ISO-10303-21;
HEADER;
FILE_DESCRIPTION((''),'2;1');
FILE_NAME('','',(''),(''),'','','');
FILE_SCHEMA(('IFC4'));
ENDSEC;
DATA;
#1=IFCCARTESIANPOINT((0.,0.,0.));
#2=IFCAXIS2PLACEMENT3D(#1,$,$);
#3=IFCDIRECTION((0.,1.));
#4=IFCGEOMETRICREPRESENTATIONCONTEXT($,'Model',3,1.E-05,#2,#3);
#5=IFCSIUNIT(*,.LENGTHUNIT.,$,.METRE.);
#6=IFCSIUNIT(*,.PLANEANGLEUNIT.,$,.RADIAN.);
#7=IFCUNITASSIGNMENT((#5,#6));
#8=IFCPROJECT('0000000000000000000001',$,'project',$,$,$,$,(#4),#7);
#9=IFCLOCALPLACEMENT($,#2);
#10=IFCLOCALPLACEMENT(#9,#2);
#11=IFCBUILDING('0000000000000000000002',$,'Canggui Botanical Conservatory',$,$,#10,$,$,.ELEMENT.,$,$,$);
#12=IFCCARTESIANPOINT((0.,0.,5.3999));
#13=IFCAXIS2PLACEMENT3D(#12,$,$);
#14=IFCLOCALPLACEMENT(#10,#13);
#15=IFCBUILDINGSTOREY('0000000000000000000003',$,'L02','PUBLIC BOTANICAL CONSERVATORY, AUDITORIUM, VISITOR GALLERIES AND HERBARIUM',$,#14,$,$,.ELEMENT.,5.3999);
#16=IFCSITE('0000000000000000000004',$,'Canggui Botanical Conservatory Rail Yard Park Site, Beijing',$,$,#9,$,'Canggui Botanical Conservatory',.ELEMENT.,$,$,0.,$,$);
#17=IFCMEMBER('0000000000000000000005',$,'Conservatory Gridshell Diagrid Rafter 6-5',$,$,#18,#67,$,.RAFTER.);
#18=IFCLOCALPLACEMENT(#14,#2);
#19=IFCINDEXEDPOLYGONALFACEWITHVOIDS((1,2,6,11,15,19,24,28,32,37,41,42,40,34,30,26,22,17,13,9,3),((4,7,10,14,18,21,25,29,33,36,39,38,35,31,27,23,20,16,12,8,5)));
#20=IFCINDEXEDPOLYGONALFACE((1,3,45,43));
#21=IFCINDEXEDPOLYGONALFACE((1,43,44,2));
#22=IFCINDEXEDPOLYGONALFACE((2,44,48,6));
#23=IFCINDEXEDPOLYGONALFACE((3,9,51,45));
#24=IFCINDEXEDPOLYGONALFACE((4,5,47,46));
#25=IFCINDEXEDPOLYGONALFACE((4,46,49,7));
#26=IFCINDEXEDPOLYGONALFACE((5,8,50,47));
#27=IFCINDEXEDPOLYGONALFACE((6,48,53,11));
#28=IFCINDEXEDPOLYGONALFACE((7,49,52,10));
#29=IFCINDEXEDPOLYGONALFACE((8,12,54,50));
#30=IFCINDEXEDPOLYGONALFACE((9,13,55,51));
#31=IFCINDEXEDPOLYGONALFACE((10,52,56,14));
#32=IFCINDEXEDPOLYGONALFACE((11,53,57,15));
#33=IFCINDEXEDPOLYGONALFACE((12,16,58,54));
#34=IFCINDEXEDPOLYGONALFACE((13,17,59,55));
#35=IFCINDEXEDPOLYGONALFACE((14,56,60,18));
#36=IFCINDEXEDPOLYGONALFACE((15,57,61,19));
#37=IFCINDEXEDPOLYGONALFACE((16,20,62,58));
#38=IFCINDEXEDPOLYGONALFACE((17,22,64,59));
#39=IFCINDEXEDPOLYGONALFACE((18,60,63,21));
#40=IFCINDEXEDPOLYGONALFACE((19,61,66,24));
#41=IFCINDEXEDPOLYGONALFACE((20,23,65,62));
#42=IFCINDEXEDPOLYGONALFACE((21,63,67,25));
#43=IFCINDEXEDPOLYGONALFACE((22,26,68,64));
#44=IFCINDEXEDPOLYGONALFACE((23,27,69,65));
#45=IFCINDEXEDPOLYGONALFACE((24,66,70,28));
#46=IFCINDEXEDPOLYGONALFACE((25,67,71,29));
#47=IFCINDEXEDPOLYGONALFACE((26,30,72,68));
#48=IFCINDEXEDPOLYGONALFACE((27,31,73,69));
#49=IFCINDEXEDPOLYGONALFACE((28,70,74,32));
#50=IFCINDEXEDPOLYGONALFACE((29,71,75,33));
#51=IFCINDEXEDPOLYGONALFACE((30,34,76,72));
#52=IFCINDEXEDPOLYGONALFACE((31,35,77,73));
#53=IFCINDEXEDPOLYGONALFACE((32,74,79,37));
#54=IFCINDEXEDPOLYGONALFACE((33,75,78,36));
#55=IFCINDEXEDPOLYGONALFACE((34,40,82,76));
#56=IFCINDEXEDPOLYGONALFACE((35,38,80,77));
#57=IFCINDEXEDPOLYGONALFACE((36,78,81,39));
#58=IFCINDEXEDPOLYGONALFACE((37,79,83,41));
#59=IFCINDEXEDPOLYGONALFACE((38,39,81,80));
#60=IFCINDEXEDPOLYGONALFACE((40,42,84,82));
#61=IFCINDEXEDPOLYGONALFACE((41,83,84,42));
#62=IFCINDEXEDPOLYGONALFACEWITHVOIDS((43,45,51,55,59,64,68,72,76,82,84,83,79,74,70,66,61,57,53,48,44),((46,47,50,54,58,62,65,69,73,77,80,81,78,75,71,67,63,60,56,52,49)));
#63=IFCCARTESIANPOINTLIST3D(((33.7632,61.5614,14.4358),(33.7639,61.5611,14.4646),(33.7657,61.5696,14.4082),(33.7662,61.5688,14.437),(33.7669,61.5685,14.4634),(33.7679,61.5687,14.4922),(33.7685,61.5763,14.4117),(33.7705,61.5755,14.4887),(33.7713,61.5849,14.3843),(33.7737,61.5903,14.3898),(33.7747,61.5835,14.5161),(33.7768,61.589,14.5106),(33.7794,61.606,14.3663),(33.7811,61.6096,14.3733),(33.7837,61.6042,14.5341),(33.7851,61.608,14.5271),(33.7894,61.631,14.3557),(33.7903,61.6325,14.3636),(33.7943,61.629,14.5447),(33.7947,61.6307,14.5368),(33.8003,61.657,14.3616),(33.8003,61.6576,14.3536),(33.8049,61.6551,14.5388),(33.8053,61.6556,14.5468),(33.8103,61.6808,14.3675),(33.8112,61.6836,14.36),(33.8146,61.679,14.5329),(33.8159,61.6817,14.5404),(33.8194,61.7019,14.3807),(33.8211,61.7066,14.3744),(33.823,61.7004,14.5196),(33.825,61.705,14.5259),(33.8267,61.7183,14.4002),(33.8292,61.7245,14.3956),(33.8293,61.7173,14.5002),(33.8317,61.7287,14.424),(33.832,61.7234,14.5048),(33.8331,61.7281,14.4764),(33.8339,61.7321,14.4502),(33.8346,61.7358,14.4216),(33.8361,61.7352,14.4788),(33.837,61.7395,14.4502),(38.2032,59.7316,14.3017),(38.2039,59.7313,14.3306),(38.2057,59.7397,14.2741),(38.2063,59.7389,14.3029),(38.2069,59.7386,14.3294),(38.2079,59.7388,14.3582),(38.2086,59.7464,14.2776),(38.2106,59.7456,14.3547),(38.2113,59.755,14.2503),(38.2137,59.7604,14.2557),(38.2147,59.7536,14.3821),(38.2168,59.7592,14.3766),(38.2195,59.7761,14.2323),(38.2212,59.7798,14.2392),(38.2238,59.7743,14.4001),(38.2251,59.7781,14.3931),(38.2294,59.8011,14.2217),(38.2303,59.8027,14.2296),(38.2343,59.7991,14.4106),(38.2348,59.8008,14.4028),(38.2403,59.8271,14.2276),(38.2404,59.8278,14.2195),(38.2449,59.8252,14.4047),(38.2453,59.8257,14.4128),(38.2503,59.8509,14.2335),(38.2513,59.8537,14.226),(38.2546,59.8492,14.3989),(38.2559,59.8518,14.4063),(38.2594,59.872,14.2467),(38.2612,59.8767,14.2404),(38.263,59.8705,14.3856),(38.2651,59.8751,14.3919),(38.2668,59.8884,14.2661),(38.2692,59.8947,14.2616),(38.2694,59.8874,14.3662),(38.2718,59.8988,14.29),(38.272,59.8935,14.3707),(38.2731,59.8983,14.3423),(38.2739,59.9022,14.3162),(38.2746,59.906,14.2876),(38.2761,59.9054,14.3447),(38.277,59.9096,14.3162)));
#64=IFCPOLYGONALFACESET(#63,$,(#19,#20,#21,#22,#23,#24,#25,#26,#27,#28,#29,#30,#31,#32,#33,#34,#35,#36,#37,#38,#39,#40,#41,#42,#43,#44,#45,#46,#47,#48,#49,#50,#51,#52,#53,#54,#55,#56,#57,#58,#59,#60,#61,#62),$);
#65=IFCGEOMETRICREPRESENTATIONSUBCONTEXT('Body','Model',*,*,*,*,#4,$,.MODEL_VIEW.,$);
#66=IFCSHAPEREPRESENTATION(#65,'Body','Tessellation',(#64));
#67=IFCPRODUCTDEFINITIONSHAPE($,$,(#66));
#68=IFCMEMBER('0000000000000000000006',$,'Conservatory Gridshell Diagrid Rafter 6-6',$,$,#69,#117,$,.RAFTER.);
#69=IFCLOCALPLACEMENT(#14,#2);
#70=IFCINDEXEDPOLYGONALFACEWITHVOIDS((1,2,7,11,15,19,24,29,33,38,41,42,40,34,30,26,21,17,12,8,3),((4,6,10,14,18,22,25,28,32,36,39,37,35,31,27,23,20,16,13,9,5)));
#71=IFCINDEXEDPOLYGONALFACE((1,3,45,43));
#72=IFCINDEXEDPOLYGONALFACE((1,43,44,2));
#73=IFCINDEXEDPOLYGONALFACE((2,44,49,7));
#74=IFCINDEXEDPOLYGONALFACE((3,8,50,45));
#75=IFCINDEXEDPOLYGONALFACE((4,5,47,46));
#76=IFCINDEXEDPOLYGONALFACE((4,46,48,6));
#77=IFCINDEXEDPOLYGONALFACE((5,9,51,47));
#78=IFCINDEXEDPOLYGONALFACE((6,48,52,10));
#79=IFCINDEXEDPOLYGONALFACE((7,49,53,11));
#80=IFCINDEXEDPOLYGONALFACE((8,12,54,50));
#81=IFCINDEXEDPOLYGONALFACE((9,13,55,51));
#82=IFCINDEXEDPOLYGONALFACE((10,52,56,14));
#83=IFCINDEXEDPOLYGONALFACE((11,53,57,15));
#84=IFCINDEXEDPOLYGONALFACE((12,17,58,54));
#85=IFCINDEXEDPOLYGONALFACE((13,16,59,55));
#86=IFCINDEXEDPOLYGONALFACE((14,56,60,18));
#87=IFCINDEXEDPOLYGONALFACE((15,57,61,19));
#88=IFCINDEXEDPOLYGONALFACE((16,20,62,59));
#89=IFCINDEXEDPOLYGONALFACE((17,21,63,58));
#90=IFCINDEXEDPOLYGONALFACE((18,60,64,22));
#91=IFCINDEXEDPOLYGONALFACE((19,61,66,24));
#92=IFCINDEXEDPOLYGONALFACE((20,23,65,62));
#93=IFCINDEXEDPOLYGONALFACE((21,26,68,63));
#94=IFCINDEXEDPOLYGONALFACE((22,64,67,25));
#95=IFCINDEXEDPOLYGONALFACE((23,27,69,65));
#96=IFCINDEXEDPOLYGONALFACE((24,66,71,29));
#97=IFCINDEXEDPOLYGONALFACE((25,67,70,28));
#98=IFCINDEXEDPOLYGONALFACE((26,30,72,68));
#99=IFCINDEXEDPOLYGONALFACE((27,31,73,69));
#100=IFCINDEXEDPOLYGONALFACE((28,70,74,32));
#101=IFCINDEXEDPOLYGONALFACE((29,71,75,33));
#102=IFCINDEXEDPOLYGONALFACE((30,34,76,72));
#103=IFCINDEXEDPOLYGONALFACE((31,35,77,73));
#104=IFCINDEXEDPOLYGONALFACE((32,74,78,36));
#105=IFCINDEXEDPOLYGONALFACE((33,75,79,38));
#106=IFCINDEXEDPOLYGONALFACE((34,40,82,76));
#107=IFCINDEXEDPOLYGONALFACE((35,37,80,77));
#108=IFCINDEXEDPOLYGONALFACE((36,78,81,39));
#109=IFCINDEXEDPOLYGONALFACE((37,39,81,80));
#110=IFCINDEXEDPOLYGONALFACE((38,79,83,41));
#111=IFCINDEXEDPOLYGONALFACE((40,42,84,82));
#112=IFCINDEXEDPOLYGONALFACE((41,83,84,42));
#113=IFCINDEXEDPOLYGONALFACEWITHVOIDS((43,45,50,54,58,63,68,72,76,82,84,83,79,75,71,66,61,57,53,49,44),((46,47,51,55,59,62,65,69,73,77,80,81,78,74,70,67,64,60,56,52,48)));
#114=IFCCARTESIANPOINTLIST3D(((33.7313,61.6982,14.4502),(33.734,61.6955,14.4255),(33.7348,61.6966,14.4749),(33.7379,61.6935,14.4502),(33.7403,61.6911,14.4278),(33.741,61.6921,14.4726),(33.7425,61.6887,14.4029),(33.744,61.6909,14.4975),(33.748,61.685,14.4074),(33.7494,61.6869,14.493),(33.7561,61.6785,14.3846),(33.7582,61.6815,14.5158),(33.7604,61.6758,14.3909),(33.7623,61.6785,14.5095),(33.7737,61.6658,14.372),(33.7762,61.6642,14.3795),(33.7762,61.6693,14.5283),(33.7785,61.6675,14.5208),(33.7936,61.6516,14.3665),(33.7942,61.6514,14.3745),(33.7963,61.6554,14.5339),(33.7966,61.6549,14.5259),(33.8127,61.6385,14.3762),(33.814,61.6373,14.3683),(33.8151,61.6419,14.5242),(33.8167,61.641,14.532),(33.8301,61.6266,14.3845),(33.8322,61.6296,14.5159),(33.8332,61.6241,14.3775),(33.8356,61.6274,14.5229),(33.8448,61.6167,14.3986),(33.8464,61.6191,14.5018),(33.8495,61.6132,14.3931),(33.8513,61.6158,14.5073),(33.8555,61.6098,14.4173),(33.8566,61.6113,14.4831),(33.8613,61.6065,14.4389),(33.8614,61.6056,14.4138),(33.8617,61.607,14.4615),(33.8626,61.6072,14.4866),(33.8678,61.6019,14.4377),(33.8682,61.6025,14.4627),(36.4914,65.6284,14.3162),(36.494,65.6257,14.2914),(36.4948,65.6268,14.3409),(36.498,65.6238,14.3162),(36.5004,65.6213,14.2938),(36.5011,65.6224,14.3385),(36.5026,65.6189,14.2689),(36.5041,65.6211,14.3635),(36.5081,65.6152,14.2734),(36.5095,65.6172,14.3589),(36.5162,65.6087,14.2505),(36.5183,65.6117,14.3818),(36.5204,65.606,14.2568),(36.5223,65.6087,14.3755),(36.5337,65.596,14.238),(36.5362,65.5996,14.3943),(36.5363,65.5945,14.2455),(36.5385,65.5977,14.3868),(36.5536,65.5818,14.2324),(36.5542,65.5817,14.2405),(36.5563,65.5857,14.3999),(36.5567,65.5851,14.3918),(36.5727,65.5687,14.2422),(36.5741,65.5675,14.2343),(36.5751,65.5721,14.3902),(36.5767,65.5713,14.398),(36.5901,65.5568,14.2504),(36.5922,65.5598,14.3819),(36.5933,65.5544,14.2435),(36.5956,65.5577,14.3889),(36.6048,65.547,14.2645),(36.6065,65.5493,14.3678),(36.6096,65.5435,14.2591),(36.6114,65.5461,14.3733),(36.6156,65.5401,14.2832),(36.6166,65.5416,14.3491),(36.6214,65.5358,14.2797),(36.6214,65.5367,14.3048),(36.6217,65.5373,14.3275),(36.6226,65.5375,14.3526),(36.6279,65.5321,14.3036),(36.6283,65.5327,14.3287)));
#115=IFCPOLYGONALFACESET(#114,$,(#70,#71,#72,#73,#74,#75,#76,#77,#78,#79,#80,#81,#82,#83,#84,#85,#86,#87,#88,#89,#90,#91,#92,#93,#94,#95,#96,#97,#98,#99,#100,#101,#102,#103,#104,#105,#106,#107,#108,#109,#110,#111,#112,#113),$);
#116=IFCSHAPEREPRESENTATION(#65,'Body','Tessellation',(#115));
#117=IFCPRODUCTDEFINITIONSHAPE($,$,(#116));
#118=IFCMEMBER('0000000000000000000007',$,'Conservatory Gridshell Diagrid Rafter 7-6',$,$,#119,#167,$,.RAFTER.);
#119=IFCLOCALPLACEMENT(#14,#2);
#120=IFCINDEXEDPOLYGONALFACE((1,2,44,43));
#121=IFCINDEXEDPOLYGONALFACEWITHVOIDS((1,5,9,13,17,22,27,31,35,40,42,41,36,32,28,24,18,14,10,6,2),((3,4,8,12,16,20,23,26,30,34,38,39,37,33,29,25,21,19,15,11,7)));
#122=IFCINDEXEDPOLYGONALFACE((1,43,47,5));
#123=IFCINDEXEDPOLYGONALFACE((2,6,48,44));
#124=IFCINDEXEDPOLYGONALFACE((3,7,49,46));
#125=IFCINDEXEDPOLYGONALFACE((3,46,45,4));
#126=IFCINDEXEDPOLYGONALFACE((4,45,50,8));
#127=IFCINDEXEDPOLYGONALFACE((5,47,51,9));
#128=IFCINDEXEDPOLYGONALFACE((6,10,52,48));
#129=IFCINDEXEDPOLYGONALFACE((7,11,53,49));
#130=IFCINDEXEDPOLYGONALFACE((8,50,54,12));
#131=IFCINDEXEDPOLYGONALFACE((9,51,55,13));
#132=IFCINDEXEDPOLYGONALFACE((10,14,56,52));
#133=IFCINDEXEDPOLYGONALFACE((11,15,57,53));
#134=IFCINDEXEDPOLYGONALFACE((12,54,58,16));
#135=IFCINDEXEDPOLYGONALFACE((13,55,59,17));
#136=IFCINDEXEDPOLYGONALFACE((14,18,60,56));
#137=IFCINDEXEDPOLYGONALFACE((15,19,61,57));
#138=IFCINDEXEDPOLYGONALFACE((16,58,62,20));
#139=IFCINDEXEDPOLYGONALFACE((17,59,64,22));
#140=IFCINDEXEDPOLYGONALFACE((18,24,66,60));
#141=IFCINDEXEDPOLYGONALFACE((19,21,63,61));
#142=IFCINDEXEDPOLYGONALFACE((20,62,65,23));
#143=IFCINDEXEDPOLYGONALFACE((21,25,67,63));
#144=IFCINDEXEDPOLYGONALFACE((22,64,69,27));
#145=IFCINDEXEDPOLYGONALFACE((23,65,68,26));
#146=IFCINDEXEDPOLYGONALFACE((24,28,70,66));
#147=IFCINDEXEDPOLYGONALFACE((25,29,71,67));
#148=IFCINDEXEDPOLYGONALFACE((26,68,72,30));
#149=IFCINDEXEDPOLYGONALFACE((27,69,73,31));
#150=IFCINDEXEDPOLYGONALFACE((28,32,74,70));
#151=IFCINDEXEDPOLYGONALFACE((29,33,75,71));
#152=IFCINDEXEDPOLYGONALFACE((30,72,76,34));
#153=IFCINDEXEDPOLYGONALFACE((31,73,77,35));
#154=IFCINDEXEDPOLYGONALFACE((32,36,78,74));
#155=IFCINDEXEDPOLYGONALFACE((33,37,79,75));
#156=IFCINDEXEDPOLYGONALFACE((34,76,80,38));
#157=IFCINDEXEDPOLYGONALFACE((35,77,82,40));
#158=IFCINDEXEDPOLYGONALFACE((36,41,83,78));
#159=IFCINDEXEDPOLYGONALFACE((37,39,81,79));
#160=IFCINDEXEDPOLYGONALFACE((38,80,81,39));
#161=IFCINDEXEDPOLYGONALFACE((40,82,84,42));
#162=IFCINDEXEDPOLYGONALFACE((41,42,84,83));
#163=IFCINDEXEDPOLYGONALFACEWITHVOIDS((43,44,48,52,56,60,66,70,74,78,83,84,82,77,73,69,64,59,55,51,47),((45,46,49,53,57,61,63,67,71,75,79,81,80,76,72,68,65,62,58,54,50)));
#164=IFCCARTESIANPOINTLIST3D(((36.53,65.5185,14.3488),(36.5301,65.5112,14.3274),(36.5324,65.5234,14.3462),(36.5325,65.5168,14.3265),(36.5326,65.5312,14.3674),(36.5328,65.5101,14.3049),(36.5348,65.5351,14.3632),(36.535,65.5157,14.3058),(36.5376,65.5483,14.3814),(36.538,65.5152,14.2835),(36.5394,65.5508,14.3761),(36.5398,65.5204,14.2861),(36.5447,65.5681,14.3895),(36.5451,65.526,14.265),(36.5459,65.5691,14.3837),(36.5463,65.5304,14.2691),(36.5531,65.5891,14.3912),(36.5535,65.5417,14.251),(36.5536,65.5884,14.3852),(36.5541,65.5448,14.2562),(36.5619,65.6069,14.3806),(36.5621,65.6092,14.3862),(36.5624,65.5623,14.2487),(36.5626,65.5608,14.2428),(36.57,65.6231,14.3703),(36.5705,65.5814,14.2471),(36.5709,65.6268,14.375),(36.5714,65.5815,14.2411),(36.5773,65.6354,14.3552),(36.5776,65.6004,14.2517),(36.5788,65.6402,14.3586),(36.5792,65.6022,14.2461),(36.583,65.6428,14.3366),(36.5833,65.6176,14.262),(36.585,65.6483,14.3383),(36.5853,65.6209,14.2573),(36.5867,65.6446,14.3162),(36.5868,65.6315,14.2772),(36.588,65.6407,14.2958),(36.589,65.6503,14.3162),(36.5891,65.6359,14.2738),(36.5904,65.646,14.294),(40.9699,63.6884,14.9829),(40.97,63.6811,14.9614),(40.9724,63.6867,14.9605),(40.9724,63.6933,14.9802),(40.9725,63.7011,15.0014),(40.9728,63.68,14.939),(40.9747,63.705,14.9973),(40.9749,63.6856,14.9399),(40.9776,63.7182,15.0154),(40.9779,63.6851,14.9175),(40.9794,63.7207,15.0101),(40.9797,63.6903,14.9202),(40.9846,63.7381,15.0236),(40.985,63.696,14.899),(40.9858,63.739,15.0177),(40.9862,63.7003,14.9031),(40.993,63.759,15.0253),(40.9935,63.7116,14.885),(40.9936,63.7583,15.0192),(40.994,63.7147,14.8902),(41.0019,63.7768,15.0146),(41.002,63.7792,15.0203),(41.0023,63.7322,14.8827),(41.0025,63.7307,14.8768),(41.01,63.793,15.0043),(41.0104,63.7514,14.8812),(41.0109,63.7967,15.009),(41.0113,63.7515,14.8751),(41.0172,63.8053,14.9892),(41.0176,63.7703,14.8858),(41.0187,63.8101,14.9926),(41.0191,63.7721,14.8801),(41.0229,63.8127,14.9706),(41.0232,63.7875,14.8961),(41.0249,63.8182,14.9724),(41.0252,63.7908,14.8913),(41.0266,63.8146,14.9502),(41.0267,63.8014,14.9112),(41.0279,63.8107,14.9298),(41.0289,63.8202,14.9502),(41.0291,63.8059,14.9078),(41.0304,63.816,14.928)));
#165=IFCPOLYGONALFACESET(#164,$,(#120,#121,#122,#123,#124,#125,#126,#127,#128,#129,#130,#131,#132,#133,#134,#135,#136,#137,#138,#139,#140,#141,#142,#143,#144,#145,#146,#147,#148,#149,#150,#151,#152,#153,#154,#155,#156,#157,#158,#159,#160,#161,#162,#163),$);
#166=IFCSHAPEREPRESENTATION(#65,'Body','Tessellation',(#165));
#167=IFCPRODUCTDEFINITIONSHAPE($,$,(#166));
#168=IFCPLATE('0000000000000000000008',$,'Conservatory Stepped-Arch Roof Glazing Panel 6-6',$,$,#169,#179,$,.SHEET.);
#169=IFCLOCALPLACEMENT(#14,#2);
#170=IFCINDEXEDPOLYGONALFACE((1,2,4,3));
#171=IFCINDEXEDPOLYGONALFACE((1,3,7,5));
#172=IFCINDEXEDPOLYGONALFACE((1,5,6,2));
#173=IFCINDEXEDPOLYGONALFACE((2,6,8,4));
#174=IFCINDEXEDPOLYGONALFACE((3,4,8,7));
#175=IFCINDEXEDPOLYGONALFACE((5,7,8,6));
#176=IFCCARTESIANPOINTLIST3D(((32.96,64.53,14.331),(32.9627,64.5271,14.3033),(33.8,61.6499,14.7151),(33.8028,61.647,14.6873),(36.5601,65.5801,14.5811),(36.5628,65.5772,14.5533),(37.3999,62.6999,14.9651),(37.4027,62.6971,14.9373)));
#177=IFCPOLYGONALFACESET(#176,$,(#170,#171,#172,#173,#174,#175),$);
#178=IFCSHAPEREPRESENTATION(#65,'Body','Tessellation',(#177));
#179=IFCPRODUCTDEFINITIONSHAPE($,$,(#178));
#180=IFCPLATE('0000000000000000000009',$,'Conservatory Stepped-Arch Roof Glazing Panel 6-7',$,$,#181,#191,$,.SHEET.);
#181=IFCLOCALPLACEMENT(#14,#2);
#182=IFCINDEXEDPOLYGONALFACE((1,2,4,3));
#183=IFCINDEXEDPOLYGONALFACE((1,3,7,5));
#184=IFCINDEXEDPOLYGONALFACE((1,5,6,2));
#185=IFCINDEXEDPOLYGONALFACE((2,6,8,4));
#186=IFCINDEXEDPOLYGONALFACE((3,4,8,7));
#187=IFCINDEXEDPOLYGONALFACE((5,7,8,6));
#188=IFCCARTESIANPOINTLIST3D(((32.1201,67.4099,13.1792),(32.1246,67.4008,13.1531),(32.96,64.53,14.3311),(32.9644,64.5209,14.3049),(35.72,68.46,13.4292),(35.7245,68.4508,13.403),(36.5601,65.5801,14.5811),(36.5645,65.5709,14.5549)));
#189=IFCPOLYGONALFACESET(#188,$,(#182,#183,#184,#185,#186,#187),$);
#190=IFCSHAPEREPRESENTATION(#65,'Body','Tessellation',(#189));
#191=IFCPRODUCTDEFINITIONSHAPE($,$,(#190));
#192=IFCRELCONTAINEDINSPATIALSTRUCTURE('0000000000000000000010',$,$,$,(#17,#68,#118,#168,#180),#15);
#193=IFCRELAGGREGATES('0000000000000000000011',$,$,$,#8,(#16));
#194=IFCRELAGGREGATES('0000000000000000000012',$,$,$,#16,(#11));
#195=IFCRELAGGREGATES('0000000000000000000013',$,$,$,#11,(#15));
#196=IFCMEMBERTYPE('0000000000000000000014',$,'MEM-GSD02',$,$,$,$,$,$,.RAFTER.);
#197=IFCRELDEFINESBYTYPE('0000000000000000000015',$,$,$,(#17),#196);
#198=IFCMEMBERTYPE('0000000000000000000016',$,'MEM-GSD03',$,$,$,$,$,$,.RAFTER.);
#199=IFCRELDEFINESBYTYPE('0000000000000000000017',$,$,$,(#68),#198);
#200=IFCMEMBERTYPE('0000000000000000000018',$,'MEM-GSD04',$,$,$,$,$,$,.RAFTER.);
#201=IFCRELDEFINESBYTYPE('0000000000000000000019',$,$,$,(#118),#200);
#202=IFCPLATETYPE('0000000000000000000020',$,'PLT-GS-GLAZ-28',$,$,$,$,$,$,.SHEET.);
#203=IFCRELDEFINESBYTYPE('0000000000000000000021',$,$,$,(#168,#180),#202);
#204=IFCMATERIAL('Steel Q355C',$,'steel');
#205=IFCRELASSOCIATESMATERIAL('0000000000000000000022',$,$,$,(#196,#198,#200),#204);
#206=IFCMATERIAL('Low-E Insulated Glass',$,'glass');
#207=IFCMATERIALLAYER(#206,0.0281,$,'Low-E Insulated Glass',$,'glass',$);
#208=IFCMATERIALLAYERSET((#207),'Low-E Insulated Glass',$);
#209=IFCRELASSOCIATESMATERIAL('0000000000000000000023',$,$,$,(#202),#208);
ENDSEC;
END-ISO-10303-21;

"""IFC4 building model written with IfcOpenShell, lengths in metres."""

from ifc_helpers import new_model, si_unit, direction, frame, origin, origin_2d, place, context, subcontext, project, spatial, polyline, hollow_circle, outline, extrude, material, layer, layer_set, material_profile, profile_set, type_object, element, save


model = new_model("IFC4")

# Units and contexts
model_context = context("Model", 3, precision=1e-05, world=origin(), true_north=direction((0.0, 1.0)))
body_context = subcontext(model_context, "Body", "Model", "MODEL_VIEW")
ifc_project = project(units=[si_unit("LENGTHUNIT", "METRE"), si_unit("PLANEANGLEUNIT", "RADIAN")], contexts=[model_context])

# Site, building, storey
site_placement = place(None, origin())
site = spatial("IfcSite", under=ifc_project, at=site_placement, Name="Canggui Botanical Conservatory Rail Yard Park Site, Beijing", LongName="Canggui Botanical Conservatory", CompositionType="ELEMENT", RefElevation=0.0)
building_placement = place(site_placement, origin())
building = spatial("IfcBuilding", under=site, at=building_placement, Name="Canggui Botanical Conservatory", CompositionType="ELEMENT")
storey_placement = place(building_placement, frame((0.0, 0.0, 5.3999)))
storey = spatial("IfcBuildingStorey", under=building, at=storey_placement, Name="L02", Description="PUBLIC BOTANICAL CONSERVATORY, AUDITORIUM, VISITOR GALLERIES AND HERBARIUM", CompositionType="ELEMENT", Elevation=5.3999)

# Shared definitions
ifc_material_1 = material(Name="Steel Q355C", Category="steel")

# Members
ifc_material_profile_1 = material_profile(ifc_material_1, hollow_circle(Radius=0.0969, WallThickness=0.0081, at=origin_2d()), Name="CHS 194x8")
ifc_profile_set_1 = profile_set([ifc_material_profile_1], Name="Steel Q355C")
member_type_1 = type_object("IfcMemberType", Name="MEM-GSD02", PredefinedType="RAFTER", material=ifc_profile_set_1)
member_1_placement = place(storey_placement, frame((33.8, 61.6499, 14.4502), z_axis=(0.924199, -0.38089, -0.0279), x_axis=(0.381039, 0.924559, 0.0)))
element("IfcMember", 1, at=member_1_placement, inside=storey, type_object=member_type_1, Name="Conservatory Gridshell Diagrid Rafter 6-5", PredefinedType="RAFTER", context=body_context, shape_type="SweptSolid", body=[
    extrude(hollow_circle(Radius=0.0969, WallThickness=0.0081, at=origin_2d()), origin(), (0.0, 0.0, 1.0), 4.8042),
])
ifc_material_profile_2 = material_profile(ifc_material_1, hollow_circle(Radius=0.084, WallThickness=0.0081, at=origin_2d()), Name="CHS 168x8")
ifc_profile_set_2 = profile_set([ifc_material_profile_2], Name="Steel Q355C")
member_type_2 = type_object("IfcMemberType", Name="MEM-GSD03", PredefinedType="RAFTER", material=ifc_profile_set_2)
member_2_placement = place(storey_placement, frame((33.8, 61.6499, 14.4502), z_axis=(0.57448, 0.818043, -0.027898), x_axis=(-0.818362, 0.574704, 0.0)))
element("IfcMember", 2, at=member_2_placement, inside=storey, type_object=member_type_2, Name="Conservatory Gridshell Diagrid Rafter 6-6", PredefinedType="RAFTER", context=body_context, shape_type="SweptSolid", body=[
    extrude(hollow_circle(Radius=0.084, WallThickness=0.0081, at=origin_2d()), origin(), (0.0, 0.0, 1.0), 4.8044),
])
ifc_material_profile_3 = material_profile(ifc_material_1, hollow_circle(Radius=0.0759, WallThickness=0.0061, at=origin_2d()), Name="CHS 152x6")
ifc_profile_set_3 = profile_set([ifc_material_profile_3], Name="Steel Q355C")
member_type_3 = type_object("IfcMemberType", Name="MEM-GSD04", PredefinedType="RAFTER", material=ifc_profile_set_3)
member_3_placement = place(storey_placement, frame((36.5601, 65.5801, 14.3162), z_axis=(0.916587, -0.377804, 0.130891), x_axis=(0.381082, 0.924541, 0.0)))
element("IfcMember", 3, at=member_3_placement, inside=storey, type_object=member_type_3, Name="Conservatory Gridshell Diagrid Rafter 7-6", PredefinedType="RAFTER", context=body_context, shape_type="SweptSolid", body=[
    extrude(hollow_circle(Radius=0.0759, WallThickness=0.0061, at=origin_2d()), origin(), (0.0, 0.0, 1.0), 4.844),
])

# Plates
ifc_material_2 = material(Name="Low-E Insulated Glass", Category="glass")
ifc_layer = layer(ifc_material_2, 0.0281, Name="Low-E Insulated Glass", Category="glass")
ifc_layer_set = layer_set([ifc_layer], Name="Low-E Insulated Glass")
plate_type = type_object("IfcPlateType", Name="PLT-GS-GLAZ-28", PredefinedType="SHEET", material=ifc_layer_set)
plate_1_placement = place(storey_placement, frame((33.8, 61.6499, 14.7151), z_axis=(-0.09882, 0.103151, 0.989745), x_axis=(0.957867, 0.279402, 0.066518)))
element("IfcPlate", 4, at=plate_1_placement, inside=storey, type_object=plate_type, Name="Conservatory Stepped-Arch Roof Glazing Panel 6-6", PredefinedType="SHEET", context=body_context, shape_type="SweptSolid", body=[
    extrude(outline(polyline([(0.0, 0.0), (3.7582, 0.0), (3.7329, 3.0245), (-0.0255, 3.0245), (0.0, 0.0)])), origin(), (0.0, 0.0, -1.0), 0.0281),
])
plate_2_placement = place(storey_placement, frame((32.96, 64.53, 14.3311), z_axis=(-0.159809, 0.326055, 0.931745), x_axis=(0.957872, 0.279387, 0.066522)))
element("IfcPlate", 5, at=plate_2_placement, inside=storey, type_object=plate_type, Name="Conservatory Stepped-Arch Roof Glazing Panel 6-7", PredefinedType="SHEET", context=body_context, shape_type="SweptSolid", body=[
    extrude(outline(polyline([(0.0, 0.0), (3.7584, 0.0), (3.6817, 3.2125), (-0.0765, 3.2125), (0.0, 0.0)])), origin(), (0.0, 0.0, -1.0), 0.0281),
])

save(model, "model.ifc")
